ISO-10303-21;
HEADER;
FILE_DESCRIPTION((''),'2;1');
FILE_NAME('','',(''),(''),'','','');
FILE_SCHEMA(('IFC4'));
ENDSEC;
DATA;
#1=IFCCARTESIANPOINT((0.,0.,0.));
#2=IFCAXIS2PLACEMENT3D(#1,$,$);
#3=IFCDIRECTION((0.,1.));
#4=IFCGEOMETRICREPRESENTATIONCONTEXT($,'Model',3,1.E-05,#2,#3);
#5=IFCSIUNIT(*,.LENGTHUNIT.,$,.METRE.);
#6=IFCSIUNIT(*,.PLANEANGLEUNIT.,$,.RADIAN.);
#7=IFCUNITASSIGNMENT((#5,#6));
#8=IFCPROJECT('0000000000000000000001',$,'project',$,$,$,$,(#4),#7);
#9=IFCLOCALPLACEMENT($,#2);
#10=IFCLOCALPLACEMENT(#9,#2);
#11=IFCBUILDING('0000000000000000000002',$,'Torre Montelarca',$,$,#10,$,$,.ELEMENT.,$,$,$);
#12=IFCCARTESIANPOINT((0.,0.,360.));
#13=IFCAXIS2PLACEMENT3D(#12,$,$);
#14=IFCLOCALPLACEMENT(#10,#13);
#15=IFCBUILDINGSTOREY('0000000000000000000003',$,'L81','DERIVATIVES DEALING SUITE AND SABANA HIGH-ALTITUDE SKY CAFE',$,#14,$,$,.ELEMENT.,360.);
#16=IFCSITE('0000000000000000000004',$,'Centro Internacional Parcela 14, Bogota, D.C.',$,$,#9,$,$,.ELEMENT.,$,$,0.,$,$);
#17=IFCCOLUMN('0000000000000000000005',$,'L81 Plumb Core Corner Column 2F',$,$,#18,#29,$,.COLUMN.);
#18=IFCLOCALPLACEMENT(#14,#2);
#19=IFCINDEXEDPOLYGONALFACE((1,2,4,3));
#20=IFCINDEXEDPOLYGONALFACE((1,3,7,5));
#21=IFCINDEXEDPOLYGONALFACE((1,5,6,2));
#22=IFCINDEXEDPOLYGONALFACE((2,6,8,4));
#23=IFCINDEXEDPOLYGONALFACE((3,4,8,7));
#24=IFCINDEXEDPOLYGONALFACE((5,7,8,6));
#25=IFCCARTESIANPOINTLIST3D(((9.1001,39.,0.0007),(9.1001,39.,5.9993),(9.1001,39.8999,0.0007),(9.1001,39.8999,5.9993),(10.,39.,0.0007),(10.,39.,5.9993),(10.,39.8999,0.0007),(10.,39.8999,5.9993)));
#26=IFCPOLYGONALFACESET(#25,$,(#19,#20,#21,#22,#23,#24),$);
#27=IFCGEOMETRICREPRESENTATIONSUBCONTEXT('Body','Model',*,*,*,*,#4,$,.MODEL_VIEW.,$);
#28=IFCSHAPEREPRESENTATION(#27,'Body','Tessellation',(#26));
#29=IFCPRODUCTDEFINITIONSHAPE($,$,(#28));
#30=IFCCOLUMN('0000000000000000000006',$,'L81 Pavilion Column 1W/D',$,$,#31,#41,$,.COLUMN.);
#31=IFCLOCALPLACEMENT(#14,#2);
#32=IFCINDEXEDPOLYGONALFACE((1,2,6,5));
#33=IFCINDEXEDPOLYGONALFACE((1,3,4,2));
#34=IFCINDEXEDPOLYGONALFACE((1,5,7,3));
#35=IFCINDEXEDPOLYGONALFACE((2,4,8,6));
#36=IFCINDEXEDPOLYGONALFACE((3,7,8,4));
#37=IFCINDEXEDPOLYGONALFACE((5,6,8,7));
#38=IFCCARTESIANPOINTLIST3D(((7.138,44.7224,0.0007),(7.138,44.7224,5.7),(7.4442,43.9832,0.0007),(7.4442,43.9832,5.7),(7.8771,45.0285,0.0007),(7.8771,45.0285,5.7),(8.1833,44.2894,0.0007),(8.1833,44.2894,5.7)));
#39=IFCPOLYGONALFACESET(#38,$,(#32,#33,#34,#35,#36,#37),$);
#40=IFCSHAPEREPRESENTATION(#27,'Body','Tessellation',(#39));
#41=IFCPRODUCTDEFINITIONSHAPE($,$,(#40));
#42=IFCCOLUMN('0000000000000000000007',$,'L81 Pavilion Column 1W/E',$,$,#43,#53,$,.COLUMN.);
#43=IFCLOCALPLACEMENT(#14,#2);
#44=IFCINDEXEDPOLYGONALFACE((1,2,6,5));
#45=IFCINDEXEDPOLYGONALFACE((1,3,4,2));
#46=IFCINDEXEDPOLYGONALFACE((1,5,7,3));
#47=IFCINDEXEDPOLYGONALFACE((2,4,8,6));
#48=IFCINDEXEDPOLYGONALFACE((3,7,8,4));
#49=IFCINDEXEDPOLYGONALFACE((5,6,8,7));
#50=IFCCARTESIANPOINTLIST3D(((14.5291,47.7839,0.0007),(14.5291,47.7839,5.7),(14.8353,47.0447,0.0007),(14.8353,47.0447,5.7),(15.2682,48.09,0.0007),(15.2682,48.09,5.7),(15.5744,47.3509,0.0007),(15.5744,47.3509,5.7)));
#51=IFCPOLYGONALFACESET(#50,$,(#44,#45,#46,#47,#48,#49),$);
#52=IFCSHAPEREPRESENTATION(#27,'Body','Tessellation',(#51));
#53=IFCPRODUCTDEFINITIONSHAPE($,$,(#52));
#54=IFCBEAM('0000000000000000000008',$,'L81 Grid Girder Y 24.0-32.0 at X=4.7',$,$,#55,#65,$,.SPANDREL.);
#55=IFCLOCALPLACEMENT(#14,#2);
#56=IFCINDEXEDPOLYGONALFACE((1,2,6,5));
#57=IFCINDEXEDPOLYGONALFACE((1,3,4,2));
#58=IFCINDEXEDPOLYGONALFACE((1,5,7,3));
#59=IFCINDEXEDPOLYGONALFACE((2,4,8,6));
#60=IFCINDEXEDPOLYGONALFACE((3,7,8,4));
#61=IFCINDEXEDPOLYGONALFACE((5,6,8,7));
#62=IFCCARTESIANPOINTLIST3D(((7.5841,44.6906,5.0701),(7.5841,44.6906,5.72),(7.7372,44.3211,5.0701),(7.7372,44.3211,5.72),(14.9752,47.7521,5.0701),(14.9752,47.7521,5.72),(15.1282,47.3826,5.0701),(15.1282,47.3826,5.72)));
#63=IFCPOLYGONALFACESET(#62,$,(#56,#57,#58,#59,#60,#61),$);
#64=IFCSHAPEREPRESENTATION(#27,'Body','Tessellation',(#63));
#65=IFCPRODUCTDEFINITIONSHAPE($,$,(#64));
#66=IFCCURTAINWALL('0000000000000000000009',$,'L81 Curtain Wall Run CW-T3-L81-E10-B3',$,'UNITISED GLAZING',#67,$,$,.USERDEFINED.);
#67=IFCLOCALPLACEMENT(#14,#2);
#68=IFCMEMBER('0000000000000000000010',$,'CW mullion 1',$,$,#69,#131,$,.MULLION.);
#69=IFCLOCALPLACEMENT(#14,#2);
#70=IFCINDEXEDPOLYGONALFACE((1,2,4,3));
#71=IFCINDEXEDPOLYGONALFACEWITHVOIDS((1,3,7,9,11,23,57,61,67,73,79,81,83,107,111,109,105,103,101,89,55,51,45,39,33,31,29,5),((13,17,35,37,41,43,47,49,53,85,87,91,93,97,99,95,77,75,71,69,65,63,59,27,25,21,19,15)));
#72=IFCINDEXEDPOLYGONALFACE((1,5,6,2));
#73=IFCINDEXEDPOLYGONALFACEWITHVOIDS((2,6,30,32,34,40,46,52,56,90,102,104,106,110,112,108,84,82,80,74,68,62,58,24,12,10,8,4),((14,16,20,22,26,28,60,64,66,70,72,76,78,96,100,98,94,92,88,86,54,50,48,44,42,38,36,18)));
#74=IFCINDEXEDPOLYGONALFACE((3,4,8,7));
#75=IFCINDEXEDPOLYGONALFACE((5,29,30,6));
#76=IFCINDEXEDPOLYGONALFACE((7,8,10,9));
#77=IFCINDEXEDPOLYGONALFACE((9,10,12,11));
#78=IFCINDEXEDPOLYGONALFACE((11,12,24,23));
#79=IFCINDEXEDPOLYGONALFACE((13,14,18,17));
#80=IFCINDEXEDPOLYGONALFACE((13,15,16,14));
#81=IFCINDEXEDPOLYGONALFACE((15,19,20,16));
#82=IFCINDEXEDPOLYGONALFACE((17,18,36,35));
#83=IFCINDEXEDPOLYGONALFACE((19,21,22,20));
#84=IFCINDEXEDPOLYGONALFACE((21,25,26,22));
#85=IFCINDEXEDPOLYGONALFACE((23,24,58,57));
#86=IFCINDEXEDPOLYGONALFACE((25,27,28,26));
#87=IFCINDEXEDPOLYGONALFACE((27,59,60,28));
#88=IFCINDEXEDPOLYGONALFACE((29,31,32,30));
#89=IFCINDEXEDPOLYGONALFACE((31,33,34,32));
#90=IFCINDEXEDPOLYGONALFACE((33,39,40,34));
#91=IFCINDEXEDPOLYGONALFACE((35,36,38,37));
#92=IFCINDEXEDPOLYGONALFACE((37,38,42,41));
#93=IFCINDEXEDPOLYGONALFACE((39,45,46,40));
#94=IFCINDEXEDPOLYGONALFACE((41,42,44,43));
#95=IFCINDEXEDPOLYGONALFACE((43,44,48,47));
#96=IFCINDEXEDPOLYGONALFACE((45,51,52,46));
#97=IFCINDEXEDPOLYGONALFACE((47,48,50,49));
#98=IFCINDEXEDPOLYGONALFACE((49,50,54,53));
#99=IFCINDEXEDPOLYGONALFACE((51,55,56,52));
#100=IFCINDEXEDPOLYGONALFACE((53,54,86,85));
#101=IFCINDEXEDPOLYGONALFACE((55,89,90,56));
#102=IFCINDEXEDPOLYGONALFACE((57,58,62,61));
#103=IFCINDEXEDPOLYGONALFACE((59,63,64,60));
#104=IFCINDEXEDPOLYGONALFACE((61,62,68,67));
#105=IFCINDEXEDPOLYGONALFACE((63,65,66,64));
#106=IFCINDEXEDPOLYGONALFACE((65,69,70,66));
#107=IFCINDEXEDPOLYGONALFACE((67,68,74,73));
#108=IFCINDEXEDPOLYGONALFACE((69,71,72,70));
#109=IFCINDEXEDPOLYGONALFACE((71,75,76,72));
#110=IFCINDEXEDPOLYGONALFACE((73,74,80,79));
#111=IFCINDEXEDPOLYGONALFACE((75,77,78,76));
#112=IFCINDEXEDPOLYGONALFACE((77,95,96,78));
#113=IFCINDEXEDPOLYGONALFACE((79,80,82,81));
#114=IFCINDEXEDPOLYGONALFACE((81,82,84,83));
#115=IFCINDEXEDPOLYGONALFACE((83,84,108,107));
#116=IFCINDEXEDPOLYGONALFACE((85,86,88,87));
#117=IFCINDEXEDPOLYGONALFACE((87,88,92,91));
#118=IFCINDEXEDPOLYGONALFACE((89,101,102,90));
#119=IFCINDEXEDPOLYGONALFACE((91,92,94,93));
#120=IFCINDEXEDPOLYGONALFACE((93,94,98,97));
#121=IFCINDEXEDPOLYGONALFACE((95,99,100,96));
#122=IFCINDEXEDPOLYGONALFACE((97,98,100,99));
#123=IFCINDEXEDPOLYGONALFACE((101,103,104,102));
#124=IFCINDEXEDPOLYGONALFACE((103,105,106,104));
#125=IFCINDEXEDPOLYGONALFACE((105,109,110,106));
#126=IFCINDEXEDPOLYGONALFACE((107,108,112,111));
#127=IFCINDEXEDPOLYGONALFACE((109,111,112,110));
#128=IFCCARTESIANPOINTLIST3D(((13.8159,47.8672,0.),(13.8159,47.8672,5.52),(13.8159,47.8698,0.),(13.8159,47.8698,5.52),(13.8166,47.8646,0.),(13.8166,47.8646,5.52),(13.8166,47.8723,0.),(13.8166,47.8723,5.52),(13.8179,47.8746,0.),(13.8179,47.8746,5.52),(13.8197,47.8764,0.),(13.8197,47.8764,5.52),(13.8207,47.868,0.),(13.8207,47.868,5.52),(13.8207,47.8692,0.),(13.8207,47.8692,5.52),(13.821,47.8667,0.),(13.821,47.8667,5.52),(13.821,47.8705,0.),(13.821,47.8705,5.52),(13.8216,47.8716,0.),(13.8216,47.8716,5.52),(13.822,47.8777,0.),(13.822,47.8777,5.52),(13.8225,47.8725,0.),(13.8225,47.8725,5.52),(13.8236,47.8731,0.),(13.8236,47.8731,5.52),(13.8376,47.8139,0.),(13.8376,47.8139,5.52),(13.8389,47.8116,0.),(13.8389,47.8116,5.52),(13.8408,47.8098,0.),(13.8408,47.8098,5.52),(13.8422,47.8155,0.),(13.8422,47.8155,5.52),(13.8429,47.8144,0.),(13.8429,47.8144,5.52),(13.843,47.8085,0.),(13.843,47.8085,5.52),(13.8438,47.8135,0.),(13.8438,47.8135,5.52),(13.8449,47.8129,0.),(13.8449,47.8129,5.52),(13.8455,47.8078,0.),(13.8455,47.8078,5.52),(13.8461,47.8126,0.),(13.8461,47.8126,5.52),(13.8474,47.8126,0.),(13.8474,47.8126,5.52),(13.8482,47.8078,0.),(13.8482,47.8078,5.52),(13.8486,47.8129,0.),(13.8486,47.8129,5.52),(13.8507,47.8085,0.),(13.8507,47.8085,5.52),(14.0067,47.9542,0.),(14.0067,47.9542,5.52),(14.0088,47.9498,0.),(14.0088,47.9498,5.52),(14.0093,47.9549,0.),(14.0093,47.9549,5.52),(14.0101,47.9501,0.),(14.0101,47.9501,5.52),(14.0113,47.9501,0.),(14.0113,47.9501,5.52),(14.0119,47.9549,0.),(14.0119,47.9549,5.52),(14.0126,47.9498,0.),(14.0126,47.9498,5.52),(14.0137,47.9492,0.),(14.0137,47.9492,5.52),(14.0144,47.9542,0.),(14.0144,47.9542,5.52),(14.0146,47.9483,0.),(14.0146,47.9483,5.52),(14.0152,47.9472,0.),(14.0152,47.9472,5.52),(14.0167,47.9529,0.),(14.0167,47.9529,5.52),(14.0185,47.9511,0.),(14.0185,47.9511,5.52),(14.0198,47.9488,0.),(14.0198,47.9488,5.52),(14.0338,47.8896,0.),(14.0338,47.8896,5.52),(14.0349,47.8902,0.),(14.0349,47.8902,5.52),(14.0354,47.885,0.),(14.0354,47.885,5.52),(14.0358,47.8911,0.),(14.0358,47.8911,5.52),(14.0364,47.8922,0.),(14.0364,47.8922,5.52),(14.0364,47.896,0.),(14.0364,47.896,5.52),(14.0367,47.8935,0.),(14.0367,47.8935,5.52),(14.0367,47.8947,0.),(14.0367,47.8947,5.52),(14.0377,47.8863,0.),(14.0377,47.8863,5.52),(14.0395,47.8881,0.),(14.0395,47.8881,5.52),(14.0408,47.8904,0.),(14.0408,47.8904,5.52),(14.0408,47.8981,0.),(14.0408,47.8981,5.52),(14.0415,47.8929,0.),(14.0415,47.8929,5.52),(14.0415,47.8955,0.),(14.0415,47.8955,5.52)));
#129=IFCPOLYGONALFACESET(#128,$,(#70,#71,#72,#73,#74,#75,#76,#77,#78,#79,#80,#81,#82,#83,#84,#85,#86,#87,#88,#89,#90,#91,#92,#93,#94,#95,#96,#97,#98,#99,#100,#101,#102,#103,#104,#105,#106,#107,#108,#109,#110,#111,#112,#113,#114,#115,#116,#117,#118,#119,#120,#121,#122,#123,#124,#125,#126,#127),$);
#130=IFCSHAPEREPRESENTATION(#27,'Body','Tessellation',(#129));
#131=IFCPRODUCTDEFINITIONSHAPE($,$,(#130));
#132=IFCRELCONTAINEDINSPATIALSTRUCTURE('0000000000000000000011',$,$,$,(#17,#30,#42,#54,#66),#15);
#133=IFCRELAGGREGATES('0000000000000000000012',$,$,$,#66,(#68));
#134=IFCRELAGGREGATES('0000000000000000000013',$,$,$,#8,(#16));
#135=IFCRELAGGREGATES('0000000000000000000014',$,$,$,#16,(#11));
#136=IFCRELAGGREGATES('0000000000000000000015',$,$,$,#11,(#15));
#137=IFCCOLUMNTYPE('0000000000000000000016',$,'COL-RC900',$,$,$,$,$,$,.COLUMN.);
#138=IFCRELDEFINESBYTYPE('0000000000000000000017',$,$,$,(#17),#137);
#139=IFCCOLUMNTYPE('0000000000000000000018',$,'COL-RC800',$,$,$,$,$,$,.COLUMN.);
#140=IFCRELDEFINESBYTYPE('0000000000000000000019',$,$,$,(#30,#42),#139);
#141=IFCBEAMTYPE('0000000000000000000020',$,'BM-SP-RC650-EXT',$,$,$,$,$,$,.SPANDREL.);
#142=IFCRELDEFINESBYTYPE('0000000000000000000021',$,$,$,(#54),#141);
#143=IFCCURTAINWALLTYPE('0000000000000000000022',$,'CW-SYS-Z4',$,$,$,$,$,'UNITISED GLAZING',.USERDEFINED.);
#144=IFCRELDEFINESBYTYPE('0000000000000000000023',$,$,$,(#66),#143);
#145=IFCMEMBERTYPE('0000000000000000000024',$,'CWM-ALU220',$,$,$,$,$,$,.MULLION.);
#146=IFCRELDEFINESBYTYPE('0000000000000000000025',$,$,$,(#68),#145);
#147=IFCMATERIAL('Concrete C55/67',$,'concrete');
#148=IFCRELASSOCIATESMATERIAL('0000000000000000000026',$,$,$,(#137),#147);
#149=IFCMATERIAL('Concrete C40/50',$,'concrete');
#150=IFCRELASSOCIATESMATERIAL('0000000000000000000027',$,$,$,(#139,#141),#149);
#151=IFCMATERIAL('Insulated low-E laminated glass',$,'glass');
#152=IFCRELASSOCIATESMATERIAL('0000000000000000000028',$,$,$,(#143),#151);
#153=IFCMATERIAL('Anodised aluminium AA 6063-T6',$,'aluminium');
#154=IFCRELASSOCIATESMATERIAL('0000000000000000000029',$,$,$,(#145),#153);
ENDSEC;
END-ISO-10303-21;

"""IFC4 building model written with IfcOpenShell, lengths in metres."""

from ifc_helpers import new_model, si_unit, direction, frame, origin, origin_2d, place, context, subcontext, project, spatial, rectangle, hollow_rectangle, extrude, source, transform, mapped, material, material_profile, profile_set, type_object, element, aggregate, save


model = new_model("IFC4")

# Units and contexts
model_context = context("Model", 3, precision=1e-05, world=origin(), true_north=direction((0.0, 1.0)))
body_context = subcontext(model_context, "Body", "Model", "MODEL_VIEW")
ifc_project = project(units=[si_unit("LENGTHUNIT", "METRE"), si_unit("PLANEANGLEUNIT", "RADIAN")], contexts=[model_context])

# Site, building, storey
site_placement = place(None, origin())
site = spatial("IfcSite", under=ifc_project, at=site_placement, Name="Centro Internacional Parcela 14, Bogota, D.C.", CompositionType="ELEMENT", RefElevation=0.0)
building_placement = place(site_placement, origin())
building = spatial("IfcBuilding", under=site, at=building_placement, Name="Torre Montelarca", CompositionType="ELEMENT")
storey_placement = place(building_placement, frame((0.0, 0.0, 360.0)))
storey = spatial("IfcBuildingStorey", under=building, at=storey_placement, Name="L81", Description="DERIVATIVES DEALING SUITE AND SABANA HIGH-ALTITUDE SKY CAFE", CompositionType="ELEMENT", Elevation=360.0)

# Columns
ifc_material_1 = material(Name="Concrete C55/67", Category="concrete")
ifc_material_profile_1 = material_profile(ifc_material_1, rectangle(XDim=0.8999, YDim=0.8999, at=origin_2d()), Name="RC900X900", Category="concrete")
ifc_profile_set_1 = profile_set([ifc_material_profile_1], Name="Concrete C55/67")
column_type_1 = type_object("IfcColumnType", Name="COL-RC900", PredefinedType="COLUMN", material=ifc_profile_set_1)
shared_shape_1 = source(origin(), body_context, "Body", "SweptSolid", [
    extrude(rectangle(XDim=0.8999, YDim=0.8999, at=origin_2d()), origin(), (0.0, 0.0, 1.0), 5.9985),
])
column_placement = place(storey_placement, frame((9.55, 39.45, 0.0007), z_axis=(0.0, 0.0, 1.0), x_axis=(1.0, 0.0, 0.0)))
element("IfcColumn", 1, at=column_placement, inside=storey, type_object=column_type_1, Name="L81 Plumb Core Corner Column 2F", PredefinedType="COLUMN", context=body_context, shape_type="MappedRepresentation", body=[
    mapped(shared_shape_1, transform((0.0, 0.0, 0.0), scale=1.0)),
])
ifc_material_2 = material(Name="Concrete C40/50", Category="concrete")
ifc_material_profile_2 = material_profile(ifc_material_2, rectangle(XDim=0.8, YDim=0.8, at=origin_2d()), Name="RC800X800", Category="concrete")
ifc_profile_set_2 = profile_set([ifc_material_profile_2], Name="Concrete C40/50")
column_type_2 = type_object("IfcColumnType", Name="COL-RC800", PredefinedType="COLUMN", material=ifc_profile_set_2)
shared_shape_2 = source(origin(), body_context, "Body", "SweptSolid", [
    extrude(rectangle(XDim=0.8, YDim=0.8, at=origin_2d()), origin(), (0.0, 0.0, 1.0), 5.6992),
])
for number, where, z_axis, x_axis, name in (
    (2, (7.6606, 44.5059, 0.0007), (0.0, 0.0, 1.0), (-0.382683, 0.92388, 0.0), "L81 Pavilion Column 1W/D"),
    (3, (15.0518, 47.5674, 0.0007), (0.0, 0.0, 1.0), (-0.382683, 0.92388, 0.0), "L81 Pavilion Column 1W/E"),
):
    element("IfcColumn", number, at=place(storey_placement, frame(where, z_axis=z_axis, x_axis=x_axis)), inside=storey, type_object=column_type_2, Name=name, PredefinedType="COLUMN", context=body_context, shape_type="MappedRepresentation", body=[
        mapped(shared_shape_2, transform((0.0, 0.0, 0.0), scale=1.0)),
    ])

# Beam
ifc_material_profile_3 = material_profile(ifc_material_2, rectangle(XDim=0.3999, YDim=0.6499, at=origin_2d()), Name="RCB400X650", Category="concrete")
ifc_profile_set_3 = profile_set([ifc_material_profile_3], Name="Concrete C40/50")
beam_type = type_object("IfcBeamType", Name="BM-SP-RC650-EXT", PredefinedType="SPANDREL", material=ifc_profile_set_3)
shared_shape_3 = source(origin(), body_context, "Body", "SweptSolid", [
    extrude(rectangle(XDim=0.3999, YDim=0.6499, at=origin_2d()), origin(), (0.0, 0.0, 1.0), 8.0),
])
beam_placement = place(storey_placement, frame((7.6606, 44.5059, 5.395), z_axis=(0.923878, 0.382686, 0.0), x_axis=(-0.382686, 0.923878, 0.0)))
element("IfcBeam", 4, at=beam_placement, inside=storey, type_object=beam_type, Name="L81 Grid Girder Y 24.0-32.0 at X=4.7", PredefinedType="SPANDREL", context=body_context, shape_type="MappedRepresentation", body=[
    mapped(shared_shape_3, transform((0.0, 0.0, 0.0), scale=1.0)),
])

# Curtain wall, member
ifc_material_3 = material(Name="Insulated low-E laminated glass", Category="glass")
curtain_wall_type = type_object("IfcCurtainWallType", Name="CW-SYS-Z4", ElementType="UNITISED GLAZING", PredefinedType="USERDEFINED", material=ifc_material_3)
curtain_wall_placement = place(storey_placement, origin())
curtain_wall = element("IfcCurtainWall", 5, at=curtain_wall_placement, inside=storey, type_object=curtain_wall_type, Name="L81 Curtain Wall Run CW-T3-L81-E10-B3", ObjectType="UNITISED GLAZING", PredefinedType="USERDEFINED")
ifc_material_4 = material(Name="Anodised aluminium AA 6063-T6", Category="aluminium")
ifc_material_profile_4 = material_profile(ifc_material_4, hollow_rectangle(XDim=0.075, YDim=0.22, WallThickness=0.0049, InnerFilletRadius=0.0049, OuterFilletRadius=0.01, at=origin_2d()), Name="ALU75X220X5", Category="aluminium")
ifc_profile_set_4 = profile_set([ifc_material_profile_4], Name="Anodised aluminium AA 6063-T6")
member_type_1 = type_object("IfcMemberType", Name="CWM-ALU220", PredefinedType="MULLION", material=ifc_profile_set_4)
shared_shape_4 = source(origin(), body_context, "Body", "SweptSolid", [
    extrude(hollow_rectangle(XDim=0.075, YDim=0.22, WallThickness=0.0049, InnerFilletRadius=0.0049, OuterFilletRadius=0.01, at=origin_2d()), origin(), (0.0, 0.0, 1.0), 5.52),
])
member_1_placement = place(storey_placement, frame((13.9287, 47.8813, 0.0), z_axis=(0.0, 0.0, 1.0), x_axis=(0.382686, -0.923879, 0.0)))
member_1 = element("IfcMember", 6, at=member_1_placement, type_object=member_type_1, Name="CW mullion 1", PredefinedType="MULLION", context=body_context, shape_type="MappedRepresentation", body=[
    mapped(shared_shape_4, transform((0.0, 0.0, 0.0), scale=1.0)),
])
aggregate(curtain_wall, [member_1])

save(model, "model.ifc")
